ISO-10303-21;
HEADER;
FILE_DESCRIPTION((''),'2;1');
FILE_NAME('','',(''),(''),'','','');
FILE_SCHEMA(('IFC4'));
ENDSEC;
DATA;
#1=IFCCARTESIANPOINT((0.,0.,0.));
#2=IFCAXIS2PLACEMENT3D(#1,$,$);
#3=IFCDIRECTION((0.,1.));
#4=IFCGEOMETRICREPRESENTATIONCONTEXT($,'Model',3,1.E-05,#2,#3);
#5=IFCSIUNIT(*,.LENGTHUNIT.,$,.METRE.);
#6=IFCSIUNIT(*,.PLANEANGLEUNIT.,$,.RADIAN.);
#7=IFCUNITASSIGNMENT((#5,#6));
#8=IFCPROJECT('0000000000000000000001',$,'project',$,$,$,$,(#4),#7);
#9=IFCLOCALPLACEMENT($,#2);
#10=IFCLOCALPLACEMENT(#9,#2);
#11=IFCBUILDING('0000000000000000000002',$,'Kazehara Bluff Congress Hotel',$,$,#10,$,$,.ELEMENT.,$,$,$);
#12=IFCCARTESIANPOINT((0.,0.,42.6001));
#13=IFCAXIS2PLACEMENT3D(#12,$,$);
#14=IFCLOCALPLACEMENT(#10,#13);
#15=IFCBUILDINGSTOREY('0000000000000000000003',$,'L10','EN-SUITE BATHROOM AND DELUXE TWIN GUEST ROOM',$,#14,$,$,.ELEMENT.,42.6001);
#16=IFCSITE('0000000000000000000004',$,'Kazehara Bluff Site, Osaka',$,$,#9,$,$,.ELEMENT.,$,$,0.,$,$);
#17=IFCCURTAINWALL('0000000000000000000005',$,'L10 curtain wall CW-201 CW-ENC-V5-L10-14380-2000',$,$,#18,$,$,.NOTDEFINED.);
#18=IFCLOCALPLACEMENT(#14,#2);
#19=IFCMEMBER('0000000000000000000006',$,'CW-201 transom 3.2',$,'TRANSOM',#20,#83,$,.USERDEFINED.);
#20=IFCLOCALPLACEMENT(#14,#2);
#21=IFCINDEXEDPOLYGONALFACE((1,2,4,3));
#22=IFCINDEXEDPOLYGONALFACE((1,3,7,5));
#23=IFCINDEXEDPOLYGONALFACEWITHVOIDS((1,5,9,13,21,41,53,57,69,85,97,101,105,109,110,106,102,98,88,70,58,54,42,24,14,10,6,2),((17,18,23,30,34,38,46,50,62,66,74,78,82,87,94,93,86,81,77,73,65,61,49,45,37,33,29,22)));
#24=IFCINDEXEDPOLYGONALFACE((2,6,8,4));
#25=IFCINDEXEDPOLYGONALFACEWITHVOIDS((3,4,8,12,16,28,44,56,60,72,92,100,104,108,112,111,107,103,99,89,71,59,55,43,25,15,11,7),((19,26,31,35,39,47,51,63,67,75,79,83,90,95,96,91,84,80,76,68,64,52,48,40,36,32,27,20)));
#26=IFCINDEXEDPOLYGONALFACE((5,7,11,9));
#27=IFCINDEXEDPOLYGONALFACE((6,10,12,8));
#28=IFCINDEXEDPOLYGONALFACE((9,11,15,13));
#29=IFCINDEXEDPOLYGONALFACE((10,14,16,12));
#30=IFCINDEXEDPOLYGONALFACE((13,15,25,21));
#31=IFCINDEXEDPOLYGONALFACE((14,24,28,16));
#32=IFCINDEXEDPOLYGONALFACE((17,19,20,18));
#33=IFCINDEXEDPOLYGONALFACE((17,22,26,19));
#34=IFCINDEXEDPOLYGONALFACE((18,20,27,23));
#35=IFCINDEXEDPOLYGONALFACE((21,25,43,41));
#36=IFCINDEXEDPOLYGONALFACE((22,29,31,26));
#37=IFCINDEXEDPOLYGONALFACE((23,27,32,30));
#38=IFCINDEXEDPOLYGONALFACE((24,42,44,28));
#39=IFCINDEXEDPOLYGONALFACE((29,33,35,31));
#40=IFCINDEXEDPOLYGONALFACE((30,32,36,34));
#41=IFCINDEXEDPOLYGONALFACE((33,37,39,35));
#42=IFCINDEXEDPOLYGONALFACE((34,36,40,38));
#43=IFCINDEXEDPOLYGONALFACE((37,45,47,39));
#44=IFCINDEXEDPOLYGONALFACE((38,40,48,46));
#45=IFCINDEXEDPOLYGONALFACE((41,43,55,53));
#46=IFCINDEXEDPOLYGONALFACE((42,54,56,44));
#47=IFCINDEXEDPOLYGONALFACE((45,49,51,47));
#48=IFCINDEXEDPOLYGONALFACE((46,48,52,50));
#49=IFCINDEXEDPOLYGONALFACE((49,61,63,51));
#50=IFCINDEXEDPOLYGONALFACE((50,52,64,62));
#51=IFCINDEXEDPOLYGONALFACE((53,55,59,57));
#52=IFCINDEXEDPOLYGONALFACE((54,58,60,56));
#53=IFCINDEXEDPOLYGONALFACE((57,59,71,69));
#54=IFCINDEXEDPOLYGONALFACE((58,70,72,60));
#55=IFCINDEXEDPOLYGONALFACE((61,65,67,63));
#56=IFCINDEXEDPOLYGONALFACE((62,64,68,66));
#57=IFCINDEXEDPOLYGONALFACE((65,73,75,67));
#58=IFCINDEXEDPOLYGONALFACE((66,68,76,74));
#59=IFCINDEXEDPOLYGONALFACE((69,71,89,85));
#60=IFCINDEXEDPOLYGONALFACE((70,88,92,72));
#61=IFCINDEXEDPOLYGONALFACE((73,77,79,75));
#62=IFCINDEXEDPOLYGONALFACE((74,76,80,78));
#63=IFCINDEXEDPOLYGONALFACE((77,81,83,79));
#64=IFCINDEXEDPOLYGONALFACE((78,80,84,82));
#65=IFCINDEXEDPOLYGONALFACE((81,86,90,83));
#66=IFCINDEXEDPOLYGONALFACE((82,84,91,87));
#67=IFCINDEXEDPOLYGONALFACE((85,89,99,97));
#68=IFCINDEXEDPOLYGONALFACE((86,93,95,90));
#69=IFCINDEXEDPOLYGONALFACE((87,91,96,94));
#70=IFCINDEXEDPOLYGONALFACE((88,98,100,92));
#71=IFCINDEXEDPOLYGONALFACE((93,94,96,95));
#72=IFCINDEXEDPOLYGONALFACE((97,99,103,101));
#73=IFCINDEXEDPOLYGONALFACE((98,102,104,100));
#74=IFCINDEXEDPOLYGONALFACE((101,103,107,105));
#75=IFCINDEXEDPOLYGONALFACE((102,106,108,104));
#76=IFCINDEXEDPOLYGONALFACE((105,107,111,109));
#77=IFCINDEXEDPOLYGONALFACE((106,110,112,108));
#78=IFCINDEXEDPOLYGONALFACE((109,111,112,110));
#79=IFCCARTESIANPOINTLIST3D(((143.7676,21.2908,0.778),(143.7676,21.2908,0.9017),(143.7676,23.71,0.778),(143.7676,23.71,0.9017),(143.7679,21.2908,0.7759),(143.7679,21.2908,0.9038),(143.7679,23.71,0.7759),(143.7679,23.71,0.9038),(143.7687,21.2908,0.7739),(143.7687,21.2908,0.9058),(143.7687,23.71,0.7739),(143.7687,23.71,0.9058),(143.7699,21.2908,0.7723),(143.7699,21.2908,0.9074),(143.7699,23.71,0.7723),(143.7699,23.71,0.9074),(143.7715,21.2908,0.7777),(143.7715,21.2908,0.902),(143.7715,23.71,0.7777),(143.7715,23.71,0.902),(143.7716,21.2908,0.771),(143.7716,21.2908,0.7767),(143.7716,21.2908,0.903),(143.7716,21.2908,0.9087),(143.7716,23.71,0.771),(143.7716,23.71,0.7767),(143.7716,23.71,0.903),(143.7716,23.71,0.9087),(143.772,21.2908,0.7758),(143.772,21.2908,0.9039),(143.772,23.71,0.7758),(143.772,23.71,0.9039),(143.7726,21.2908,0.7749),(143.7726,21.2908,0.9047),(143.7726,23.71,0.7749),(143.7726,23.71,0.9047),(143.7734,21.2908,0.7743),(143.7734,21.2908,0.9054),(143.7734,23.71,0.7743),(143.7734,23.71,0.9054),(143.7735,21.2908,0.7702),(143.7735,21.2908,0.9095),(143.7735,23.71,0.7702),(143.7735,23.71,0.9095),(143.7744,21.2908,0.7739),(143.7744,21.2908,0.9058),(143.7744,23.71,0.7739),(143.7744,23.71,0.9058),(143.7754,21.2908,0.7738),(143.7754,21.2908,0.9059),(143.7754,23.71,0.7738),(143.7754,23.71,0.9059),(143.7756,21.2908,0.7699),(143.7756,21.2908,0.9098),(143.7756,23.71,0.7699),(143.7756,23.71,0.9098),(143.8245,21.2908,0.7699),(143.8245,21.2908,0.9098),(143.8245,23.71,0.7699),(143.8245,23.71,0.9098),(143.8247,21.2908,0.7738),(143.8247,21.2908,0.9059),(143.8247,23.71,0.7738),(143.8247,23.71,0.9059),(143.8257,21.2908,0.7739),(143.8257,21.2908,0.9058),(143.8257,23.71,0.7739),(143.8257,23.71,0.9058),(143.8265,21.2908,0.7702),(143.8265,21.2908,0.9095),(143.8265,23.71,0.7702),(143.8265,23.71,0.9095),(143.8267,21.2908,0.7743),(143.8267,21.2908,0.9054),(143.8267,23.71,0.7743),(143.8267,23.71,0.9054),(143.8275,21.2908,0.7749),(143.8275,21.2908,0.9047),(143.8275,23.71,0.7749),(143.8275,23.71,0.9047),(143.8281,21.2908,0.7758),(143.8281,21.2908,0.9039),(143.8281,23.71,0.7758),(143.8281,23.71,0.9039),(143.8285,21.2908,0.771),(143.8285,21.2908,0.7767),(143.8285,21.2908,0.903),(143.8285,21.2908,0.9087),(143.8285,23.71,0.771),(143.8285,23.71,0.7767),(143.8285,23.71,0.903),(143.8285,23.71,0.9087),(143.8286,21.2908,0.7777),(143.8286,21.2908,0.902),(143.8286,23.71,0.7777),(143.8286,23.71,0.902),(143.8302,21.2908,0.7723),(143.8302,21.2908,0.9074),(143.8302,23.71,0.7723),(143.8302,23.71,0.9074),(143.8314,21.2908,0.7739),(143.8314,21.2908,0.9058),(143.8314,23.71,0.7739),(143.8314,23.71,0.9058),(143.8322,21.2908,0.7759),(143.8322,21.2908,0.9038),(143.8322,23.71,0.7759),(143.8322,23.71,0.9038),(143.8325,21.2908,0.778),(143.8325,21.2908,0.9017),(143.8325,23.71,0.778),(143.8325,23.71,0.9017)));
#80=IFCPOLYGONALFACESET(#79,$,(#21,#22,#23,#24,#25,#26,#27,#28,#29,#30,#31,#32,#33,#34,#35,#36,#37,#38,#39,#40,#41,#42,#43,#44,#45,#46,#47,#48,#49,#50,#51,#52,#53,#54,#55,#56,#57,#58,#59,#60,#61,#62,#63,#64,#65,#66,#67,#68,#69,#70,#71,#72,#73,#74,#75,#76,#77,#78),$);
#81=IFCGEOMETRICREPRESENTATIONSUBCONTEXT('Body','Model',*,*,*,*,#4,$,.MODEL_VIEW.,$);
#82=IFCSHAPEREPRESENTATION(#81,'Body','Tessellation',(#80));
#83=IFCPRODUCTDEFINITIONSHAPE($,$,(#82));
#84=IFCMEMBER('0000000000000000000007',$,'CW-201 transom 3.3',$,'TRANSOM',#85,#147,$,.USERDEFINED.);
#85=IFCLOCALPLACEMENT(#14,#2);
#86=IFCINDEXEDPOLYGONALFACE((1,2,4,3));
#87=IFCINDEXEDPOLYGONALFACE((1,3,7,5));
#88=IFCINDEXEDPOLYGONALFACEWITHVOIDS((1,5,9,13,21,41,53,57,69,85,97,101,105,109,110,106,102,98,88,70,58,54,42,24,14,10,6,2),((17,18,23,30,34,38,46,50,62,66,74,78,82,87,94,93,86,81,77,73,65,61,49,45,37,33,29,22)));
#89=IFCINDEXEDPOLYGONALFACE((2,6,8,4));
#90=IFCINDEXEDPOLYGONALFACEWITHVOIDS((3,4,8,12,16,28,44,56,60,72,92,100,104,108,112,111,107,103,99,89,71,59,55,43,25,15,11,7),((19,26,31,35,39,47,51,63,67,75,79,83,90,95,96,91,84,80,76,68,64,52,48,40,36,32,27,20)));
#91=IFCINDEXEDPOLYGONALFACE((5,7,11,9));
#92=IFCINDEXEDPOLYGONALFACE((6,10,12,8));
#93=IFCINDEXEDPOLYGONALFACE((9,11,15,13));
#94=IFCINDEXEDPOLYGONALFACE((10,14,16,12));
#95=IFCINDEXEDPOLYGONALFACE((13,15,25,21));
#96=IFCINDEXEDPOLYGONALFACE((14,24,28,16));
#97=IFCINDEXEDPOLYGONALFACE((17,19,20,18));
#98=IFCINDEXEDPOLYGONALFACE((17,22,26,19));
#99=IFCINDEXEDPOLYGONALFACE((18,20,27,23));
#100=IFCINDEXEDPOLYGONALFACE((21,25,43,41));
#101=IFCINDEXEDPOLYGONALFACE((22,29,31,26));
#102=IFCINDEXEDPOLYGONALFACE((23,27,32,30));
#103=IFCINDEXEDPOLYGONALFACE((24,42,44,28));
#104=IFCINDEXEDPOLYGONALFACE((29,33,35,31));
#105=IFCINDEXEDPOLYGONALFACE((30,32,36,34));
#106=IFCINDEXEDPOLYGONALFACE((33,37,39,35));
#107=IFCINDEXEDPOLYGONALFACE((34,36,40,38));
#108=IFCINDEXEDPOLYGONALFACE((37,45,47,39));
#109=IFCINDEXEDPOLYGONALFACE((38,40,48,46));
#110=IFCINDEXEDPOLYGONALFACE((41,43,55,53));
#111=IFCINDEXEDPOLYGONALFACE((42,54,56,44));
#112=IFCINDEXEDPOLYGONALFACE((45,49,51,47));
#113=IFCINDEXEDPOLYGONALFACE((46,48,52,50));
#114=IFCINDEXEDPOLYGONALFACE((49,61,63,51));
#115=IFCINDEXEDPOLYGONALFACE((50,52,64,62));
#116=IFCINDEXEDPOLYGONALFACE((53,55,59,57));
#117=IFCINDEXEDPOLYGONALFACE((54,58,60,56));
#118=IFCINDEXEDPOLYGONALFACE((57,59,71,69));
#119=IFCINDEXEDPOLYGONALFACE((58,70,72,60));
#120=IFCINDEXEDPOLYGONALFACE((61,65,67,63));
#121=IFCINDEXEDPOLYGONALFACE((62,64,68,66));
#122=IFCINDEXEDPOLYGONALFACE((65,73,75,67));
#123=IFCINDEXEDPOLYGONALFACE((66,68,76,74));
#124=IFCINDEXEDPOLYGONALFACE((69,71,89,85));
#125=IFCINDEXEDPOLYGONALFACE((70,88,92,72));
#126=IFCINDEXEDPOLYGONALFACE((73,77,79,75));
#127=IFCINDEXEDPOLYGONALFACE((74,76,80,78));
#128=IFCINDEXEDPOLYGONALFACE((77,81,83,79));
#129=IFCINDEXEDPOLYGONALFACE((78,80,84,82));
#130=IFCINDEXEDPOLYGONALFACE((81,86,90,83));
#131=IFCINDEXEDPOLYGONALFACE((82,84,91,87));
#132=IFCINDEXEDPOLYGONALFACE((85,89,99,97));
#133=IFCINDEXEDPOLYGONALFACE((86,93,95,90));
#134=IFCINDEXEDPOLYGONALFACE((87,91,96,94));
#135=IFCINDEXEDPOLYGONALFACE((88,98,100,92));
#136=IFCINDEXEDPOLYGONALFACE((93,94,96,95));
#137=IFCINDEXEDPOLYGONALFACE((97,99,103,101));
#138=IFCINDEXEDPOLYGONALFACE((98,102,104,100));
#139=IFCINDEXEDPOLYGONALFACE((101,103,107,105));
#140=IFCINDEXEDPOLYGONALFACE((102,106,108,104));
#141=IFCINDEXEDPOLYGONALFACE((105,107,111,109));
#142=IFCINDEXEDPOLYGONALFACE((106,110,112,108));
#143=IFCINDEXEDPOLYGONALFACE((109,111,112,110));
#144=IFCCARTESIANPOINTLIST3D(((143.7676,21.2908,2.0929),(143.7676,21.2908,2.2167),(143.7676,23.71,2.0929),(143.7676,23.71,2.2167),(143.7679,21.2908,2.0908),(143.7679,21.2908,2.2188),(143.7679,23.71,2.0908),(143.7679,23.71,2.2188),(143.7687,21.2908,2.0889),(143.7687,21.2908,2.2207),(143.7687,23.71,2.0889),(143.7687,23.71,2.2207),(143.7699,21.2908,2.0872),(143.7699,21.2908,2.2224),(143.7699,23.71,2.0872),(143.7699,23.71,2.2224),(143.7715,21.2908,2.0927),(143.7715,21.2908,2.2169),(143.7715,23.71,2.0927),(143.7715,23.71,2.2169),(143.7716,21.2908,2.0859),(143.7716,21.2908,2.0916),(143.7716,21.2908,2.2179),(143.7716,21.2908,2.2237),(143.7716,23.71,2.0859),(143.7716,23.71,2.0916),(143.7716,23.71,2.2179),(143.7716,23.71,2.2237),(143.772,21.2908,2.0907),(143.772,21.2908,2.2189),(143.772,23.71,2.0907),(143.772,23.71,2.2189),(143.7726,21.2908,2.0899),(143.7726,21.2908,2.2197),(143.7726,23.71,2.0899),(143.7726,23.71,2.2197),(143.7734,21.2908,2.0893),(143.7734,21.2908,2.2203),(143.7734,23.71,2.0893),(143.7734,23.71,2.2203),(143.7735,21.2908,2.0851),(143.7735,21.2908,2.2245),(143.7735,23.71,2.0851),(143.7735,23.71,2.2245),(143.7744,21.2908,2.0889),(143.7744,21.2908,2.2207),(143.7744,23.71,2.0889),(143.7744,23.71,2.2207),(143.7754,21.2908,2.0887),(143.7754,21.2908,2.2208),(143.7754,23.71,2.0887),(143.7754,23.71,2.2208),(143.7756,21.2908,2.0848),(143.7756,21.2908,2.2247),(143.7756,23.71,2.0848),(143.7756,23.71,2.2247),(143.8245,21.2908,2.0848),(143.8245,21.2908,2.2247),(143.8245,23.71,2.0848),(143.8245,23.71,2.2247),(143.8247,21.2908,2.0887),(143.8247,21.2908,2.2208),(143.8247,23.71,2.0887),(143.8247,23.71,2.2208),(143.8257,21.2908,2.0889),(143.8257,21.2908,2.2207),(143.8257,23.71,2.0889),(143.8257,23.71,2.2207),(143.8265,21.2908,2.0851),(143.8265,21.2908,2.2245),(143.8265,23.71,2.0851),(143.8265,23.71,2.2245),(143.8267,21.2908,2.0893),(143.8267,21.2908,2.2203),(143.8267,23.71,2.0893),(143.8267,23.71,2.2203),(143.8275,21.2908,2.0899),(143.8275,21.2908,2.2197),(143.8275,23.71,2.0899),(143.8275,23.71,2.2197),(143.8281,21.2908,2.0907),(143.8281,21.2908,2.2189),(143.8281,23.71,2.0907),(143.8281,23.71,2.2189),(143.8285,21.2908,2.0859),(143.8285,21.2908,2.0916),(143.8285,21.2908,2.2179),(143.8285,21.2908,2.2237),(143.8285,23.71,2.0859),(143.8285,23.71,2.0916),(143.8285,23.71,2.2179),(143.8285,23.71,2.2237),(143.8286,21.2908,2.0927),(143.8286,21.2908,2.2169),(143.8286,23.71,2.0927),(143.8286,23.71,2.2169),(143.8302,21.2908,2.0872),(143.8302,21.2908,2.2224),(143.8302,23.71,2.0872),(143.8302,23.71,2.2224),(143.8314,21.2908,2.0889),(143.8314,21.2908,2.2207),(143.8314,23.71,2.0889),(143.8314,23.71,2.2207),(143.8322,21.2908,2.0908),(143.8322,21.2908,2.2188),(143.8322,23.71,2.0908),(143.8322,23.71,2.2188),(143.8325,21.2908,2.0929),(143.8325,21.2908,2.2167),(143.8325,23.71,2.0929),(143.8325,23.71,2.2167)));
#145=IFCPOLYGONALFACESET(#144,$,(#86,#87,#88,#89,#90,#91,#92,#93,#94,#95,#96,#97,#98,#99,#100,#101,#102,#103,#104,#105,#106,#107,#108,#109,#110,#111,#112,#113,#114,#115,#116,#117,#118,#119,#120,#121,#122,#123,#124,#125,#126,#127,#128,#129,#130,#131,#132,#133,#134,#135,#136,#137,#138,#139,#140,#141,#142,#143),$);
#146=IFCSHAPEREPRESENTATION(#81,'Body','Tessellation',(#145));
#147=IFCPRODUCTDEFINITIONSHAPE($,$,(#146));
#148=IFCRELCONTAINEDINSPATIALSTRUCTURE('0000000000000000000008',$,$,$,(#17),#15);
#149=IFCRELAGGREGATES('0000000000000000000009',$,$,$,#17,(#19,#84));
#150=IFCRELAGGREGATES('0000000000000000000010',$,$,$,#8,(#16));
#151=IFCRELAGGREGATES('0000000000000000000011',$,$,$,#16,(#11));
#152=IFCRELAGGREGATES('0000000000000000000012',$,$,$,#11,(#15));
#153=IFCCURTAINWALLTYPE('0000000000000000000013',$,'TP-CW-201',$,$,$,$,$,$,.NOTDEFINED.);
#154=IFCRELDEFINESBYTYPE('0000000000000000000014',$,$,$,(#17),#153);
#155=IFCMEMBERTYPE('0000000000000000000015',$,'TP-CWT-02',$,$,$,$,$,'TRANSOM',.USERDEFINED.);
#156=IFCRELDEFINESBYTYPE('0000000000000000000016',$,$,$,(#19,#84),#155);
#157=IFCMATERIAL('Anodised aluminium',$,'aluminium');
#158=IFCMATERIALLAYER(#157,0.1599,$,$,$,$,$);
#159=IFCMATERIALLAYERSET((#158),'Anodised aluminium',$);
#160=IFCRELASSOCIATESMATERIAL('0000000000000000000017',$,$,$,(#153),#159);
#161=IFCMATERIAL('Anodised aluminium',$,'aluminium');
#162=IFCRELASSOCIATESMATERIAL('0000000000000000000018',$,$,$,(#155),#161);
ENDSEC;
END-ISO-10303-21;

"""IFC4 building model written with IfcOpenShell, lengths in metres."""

from ifc_helpers import new_model, si_unit, direction, frame, origin, origin_2d, place, context, subcontext, project, spatial, hollow_rectangle, extrude, material, layer, layer_set, material_profile, profile_set, type_object, element, aggregate, save


model = new_model("IFC4")

# Units and contexts
model_context = context("Model", 3, precision=1e-05, world=origin(), true_north=direction((0.0, 1.0)))
body_context = subcontext(model_context, "Body", "Model", "MODEL_VIEW")
ifc_project = project(units=[si_unit("LENGTHUNIT", "METRE"), si_unit("PLANEANGLEUNIT", "RADIAN")], contexts=[model_context])

# Site, building, storey
site_placement = place(None, origin())
site = spatial("IfcSite", under=ifc_project, at=site_placement, Name="Kazehara Bluff Site, Osaka", CompositionType="ELEMENT", RefElevation=0.0)
building_placement = place(site_placement, origin())
building = spatial("IfcBuilding", under=site, at=building_placement, Name="Kazehara Bluff Congress Hotel", CompositionType="ELEMENT")
storey_placement = place(building_placement, frame((0.0, 0.0, 42.6001)))
storey = spatial("IfcBuildingStorey", under=building, at=storey_placement, Name="L10", Description="EN-SUITE BATHROOM AND DELUXE TWIN GUEST ROOM", CompositionType="ELEMENT", Elevation=42.6001)

# Curtain wall
ifc_material_1 = material(Name="Anodised aluminium", Category="aluminium")
ifc_layer_1 = layer(ifc_material_1, 0.1599)
ifc_layer_set_1 = layer_set([ifc_layer_1], Name="Anodised aluminium")
curtain_wall_type_1 = type_object("IfcCurtainWallType", Name="TP-CW-201", PredefinedType="NOTDEFINED", material=ifc_layer_set_1)
curtain_wall_1_placement = place(storey_placement, origin())
curtain_wall_1 = element("IfcCurtainWall", 1, at=curtain_wall_1_placement, inside=storey, type_object=curtain_wall_type_1, Name="L10 curtain wall CW-201 CW-ENC-V5-L10-14380-2000", PredefinedType="NOTDEFINED")

# Members
ifc_material_2 = material(Name="Anodised aluminium", Category="aluminium")
ifc_material_profile_1 = material_profile(ifc_material_2, hollow_rectangle(XDim=0.0649, YDim=0.1399, WallThickness=0.0039, InnerFilletRadius=0.0039, OuterFilletRadius=0.0081, at=origin_2d()))
ifc_profile_set_1 = profile_set([ifc_material_profile_1], Name="Anodised aluminium")
member_type_1 = type_object("IfcMemberType", Name="TP-CWT-02", ElementType="TRANSOM", PredefinedType="USERDEFINED", material=ifc_profile_set_1)
member_1_placement = place(storey_placement, frame((143.8, 21.2908, 0.8398), z_axis=(0.0, 1.0, 0.0), x_axis=(-1.0, 0.0, 0.0)))
member_1 = element("IfcMember", 2, at=member_1_placement, type_object=member_type_1, Name="CW-201 transom 3.2", ObjectType="TRANSOM", PredefinedType="USERDEFINED", context=body_context, shape_type="SweptSolid", body=[
    extrude(hollow_rectangle(XDim=0.0649, YDim=0.1399, WallThickness=0.0039, InnerFilletRadius=0.0039, OuterFilletRadius=0.0081, at=origin_2d()), origin(), (0.0, 0.0, 1.0), 2.4192),
])
member_2_placement = place(storey_placement, frame((143.8, 21.2908, 2.1548), z_axis=(0.0, 1.0, 0.0), x_axis=(-1.0, 0.0, 0.0)))
member_2 = element("IfcMember", 3, at=member_2_placement, type_object=member_type_1, Name="CW-201 transom 3.3", ObjectType="TRANSOM", PredefinedType="USERDEFINED", context=body_context, shape_type="SweptSolid", body=[
    extrude(hollow_rectangle(XDim=0.0649, YDim=0.1399, WallThickness=0.0039, InnerFilletRadius=0.0039, OuterFilletRadius=0.0081, at=origin_2d()), origin(), (0.0, 0.0, 1.0), 2.4192),
])

aggregate(curtain_wall_1, [member_1, member_2])

save(model, "model.ifc")
